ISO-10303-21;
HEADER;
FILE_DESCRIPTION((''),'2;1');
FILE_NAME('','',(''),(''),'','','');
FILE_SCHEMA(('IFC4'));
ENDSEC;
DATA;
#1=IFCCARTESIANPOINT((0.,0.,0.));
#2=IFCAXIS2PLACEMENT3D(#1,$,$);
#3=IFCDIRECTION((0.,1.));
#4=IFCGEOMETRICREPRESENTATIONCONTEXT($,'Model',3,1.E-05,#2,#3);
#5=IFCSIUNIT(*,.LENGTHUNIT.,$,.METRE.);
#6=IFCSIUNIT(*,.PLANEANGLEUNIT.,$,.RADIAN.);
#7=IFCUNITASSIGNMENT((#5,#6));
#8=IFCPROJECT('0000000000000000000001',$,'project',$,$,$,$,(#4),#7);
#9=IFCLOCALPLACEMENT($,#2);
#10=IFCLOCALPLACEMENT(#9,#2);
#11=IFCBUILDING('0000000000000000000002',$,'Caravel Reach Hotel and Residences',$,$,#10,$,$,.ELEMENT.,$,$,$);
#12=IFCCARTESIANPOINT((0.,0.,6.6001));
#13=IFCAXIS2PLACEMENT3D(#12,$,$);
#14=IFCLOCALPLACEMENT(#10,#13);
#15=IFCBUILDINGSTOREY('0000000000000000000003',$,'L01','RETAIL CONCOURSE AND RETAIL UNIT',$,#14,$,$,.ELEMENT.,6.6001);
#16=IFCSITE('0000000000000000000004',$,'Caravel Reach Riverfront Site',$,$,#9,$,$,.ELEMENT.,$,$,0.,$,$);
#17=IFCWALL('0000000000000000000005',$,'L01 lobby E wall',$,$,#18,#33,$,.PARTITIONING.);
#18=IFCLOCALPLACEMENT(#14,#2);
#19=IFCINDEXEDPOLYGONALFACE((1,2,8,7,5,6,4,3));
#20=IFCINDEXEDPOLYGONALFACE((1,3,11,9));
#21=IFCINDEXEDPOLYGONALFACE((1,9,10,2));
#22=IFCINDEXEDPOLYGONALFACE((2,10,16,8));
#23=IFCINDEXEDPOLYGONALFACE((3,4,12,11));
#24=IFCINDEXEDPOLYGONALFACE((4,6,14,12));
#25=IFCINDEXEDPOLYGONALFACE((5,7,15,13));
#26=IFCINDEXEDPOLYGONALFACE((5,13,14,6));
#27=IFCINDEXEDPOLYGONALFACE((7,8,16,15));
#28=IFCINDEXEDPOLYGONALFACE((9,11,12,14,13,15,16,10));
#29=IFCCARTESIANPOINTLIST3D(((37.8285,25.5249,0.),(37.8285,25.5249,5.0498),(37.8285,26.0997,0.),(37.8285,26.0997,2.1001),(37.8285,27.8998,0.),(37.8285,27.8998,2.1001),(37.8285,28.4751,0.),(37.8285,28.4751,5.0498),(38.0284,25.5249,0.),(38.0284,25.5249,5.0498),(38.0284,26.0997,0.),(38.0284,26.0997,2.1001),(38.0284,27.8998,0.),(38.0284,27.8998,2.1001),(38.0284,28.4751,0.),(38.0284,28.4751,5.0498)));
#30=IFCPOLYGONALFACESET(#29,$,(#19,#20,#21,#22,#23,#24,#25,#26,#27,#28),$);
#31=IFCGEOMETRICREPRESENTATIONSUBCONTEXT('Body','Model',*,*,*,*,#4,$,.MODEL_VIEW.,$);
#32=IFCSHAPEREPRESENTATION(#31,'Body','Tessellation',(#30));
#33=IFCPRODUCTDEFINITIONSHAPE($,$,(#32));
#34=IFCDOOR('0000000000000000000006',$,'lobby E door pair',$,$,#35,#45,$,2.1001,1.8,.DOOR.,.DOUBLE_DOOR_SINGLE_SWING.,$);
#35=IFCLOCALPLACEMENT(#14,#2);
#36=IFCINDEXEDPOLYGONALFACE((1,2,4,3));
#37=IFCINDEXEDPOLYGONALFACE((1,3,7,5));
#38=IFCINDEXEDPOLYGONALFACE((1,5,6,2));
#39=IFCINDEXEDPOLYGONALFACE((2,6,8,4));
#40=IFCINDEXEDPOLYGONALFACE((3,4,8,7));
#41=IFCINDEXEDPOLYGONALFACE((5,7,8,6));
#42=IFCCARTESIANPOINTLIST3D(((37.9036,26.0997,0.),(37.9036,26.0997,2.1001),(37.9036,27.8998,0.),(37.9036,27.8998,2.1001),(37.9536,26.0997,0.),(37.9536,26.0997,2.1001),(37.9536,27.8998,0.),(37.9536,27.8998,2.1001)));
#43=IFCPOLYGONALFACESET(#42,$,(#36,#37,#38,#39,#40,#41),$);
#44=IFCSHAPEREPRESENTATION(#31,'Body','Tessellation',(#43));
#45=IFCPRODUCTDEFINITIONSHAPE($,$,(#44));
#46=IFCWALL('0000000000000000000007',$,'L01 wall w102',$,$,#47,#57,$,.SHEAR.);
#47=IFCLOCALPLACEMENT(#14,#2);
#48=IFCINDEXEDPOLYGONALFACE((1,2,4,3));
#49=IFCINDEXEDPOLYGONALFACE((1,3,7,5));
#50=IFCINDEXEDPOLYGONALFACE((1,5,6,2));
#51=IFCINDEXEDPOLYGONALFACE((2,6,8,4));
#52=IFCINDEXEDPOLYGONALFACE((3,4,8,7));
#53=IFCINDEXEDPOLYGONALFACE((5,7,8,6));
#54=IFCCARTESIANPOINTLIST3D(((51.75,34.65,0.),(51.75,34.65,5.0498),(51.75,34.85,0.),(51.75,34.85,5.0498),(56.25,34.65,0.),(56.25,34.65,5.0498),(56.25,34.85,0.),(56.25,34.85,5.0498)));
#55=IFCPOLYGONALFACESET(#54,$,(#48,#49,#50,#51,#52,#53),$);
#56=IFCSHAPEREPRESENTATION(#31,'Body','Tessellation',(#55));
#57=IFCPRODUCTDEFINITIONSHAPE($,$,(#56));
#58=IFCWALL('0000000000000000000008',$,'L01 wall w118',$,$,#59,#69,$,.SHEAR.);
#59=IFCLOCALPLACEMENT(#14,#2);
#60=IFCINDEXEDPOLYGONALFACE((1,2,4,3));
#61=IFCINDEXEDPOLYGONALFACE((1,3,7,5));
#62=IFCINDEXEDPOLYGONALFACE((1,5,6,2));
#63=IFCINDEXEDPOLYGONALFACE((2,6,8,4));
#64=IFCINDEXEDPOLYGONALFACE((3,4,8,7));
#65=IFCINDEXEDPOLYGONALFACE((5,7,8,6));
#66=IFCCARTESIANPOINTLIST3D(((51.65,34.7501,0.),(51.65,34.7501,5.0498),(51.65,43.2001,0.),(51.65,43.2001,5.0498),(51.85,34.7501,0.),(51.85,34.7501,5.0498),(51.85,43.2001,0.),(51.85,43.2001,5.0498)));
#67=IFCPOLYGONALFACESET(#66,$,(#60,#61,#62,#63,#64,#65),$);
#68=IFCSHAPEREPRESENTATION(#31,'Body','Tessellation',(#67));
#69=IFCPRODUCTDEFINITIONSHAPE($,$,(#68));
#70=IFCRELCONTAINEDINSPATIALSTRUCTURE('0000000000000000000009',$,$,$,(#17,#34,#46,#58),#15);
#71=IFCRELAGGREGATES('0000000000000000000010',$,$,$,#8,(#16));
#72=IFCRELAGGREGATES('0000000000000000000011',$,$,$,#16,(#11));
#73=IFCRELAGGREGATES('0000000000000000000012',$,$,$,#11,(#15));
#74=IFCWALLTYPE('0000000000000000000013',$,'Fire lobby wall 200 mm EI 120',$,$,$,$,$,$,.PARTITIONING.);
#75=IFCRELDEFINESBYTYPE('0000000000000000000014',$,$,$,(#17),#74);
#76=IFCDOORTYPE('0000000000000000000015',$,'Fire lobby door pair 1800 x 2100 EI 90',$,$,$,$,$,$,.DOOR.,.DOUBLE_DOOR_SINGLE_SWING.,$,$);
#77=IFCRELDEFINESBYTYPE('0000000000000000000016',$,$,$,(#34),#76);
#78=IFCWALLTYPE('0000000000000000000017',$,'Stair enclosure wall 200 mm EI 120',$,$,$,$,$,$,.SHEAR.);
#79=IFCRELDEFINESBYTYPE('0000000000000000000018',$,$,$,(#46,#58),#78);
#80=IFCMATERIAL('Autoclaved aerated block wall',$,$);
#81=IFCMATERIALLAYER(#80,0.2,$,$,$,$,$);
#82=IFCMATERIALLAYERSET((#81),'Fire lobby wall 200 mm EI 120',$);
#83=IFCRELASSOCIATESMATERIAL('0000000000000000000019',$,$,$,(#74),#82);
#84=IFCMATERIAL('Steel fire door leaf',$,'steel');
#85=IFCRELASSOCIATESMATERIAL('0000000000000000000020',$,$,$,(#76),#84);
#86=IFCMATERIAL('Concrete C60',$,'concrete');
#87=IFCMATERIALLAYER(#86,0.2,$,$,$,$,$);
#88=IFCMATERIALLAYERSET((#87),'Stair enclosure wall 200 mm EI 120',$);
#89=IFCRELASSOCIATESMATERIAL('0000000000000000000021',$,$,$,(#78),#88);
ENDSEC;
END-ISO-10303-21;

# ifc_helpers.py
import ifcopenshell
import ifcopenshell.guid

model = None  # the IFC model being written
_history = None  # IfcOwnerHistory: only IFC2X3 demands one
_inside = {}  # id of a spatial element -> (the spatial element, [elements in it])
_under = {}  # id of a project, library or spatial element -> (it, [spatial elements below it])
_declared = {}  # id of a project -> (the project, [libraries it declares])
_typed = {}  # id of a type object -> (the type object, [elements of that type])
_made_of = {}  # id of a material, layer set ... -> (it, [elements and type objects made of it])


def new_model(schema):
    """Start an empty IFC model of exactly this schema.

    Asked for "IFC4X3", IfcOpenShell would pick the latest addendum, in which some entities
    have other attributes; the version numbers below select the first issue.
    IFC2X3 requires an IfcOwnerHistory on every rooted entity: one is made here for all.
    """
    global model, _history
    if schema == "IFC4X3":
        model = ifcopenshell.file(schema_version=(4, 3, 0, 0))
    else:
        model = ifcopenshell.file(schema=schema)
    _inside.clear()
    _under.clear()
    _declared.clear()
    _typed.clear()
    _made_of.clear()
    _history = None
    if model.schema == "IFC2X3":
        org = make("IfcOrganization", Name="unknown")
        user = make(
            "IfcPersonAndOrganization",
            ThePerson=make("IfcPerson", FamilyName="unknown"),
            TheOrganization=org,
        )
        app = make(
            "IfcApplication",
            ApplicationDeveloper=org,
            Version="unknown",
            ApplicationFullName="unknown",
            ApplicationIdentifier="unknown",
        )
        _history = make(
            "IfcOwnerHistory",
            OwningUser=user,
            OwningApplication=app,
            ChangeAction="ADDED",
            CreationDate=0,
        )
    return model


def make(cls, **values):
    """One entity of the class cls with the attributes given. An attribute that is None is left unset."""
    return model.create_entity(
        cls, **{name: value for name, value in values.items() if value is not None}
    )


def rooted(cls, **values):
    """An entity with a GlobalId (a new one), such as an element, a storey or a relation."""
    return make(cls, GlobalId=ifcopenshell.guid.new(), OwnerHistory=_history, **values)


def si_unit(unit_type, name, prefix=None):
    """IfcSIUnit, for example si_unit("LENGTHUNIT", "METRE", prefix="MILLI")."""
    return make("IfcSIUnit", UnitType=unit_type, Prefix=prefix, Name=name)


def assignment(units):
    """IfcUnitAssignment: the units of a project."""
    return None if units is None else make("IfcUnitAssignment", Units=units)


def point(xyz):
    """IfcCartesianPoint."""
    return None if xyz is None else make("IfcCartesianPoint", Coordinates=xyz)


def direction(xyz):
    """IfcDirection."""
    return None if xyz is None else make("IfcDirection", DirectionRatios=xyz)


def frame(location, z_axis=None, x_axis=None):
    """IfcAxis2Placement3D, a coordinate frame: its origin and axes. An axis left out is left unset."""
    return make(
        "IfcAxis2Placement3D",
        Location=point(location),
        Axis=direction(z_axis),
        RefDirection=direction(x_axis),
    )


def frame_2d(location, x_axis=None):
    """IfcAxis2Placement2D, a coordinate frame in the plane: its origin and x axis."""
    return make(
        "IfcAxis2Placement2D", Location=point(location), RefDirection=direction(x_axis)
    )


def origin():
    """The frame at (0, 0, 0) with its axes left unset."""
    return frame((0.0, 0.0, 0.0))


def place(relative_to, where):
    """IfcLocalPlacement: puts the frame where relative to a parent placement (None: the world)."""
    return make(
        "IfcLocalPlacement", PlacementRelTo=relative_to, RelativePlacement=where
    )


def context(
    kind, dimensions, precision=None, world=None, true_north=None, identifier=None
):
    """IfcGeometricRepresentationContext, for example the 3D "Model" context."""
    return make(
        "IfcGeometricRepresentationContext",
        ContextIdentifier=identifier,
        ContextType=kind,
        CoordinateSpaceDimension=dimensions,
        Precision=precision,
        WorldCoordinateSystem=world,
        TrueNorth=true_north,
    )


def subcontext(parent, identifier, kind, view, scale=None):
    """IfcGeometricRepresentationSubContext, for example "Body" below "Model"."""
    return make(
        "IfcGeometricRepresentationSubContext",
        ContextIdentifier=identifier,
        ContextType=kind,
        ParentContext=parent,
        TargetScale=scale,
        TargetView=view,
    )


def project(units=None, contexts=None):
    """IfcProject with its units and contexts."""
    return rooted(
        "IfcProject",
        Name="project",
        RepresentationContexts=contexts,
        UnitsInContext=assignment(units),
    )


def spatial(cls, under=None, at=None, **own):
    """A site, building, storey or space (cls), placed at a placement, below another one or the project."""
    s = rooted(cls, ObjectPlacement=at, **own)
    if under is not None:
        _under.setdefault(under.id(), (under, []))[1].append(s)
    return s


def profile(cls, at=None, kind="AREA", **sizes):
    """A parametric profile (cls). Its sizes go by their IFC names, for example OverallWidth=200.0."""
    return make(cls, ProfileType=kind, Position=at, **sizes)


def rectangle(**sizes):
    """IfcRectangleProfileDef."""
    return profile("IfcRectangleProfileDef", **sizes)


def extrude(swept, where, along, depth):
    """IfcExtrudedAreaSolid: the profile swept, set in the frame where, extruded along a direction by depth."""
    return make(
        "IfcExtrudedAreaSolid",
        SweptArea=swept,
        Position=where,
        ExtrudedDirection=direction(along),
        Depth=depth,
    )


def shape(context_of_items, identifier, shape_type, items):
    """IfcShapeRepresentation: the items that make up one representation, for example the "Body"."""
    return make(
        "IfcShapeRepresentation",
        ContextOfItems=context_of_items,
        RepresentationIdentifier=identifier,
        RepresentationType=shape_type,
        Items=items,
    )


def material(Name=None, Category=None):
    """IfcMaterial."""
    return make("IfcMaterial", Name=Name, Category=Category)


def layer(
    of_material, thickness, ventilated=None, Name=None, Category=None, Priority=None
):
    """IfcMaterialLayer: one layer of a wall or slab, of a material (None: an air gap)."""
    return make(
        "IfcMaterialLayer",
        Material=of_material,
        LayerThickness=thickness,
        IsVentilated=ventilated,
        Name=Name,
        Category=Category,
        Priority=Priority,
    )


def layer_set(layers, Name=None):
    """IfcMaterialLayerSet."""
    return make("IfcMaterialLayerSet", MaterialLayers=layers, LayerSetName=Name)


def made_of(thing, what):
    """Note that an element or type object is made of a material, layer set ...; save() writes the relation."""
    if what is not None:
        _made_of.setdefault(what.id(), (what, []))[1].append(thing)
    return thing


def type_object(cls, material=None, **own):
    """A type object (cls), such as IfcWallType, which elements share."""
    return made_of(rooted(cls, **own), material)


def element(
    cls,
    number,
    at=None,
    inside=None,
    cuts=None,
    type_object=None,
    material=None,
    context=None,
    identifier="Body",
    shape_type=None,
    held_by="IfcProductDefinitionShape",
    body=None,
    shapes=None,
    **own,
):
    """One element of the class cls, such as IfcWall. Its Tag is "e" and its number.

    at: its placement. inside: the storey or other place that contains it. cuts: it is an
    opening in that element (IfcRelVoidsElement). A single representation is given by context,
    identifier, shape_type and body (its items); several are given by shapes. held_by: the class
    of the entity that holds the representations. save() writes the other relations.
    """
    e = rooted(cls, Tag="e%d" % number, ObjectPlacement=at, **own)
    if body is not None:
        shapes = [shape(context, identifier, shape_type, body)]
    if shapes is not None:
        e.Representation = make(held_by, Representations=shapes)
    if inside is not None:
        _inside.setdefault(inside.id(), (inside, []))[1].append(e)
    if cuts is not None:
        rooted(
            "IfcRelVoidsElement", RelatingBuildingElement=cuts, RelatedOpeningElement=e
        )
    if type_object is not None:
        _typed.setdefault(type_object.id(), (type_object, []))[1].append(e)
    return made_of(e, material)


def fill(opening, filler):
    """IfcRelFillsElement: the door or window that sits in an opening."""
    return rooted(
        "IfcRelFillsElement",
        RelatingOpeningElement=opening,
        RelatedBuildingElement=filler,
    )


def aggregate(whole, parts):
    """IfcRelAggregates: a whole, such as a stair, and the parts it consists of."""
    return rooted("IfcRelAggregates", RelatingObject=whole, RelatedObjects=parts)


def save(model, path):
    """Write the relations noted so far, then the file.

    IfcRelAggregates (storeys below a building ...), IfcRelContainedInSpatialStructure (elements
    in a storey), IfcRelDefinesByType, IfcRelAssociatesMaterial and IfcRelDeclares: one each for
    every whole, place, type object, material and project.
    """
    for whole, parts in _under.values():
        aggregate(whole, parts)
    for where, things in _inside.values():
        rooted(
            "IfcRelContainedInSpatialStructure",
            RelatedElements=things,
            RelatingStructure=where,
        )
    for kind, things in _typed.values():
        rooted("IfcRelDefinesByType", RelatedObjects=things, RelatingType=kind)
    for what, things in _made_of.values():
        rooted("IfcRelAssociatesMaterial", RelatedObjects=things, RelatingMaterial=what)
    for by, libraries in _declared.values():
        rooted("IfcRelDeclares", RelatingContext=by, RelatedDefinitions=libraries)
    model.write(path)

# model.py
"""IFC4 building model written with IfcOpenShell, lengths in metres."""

from ifc_helpers import new_model, si_unit, direction, frame, frame_2d, origin, place, context, subcontext, project, spatial, rectangle, extrude, material, layer, layer_set, type_object, element, fill, save


model = new_model("IFC4")

# Units and contexts
model_context = context("Model", 3, precision=1e-05, world=origin(), true_north=direction((0.0, 1.0)))
body_context = subcontext(model_context, "Body", "Model", "MODEL_VIEW")
ifc_project = project(units=[si_unit("LENGTHUNIT", "METRE"), si_unit("PLANEANGLEUNIT", "RADIAN")], contexts=[model_context])

# Site, building, storey
site_placement = place(None, origin())
site = spatial("IfcSite", under=ifc_project, at=site_placement, Name="Caravel Reach Riverfront Site", CompositionType="ELEMENT", RefElevation=0.0)
building_placement = place(site_placement, origin())
building = spatial("IfcBuilding", under=site, at=building_placement, Name="Caravel Reach Hotel and Residences", CompositionType="ELEMENT")
storey_placement = place(building_placement, frame((0.0, 0.0, 6.6001)))
storey = spatial("IfcBuildingStorey", under=building, at=storey_placement, Name="L01", Description="RETAIL CONCOURSE AND RETAIL UNIT", CompositionType="ELEMENT", Elevation=6.6001)

# Wall, opening, door
ifc_material_1 = material(Name="Autoclaved aerated block wall")
ifc_layer_1 = layer(ifc_material_1, 0.2)
ifc_layer_set_1 = layer_set([ifc_layer_1], Name="Fire lobby wall 200 mm EI 120")
wall_type_1 = type_object("IfcWallType", Name="Fire lobby wall 200 mm EI 120", PredefinedType="PARTITIONING", material=ifc_layer_set_1)
wall_1_placement = place(storey_placement, frame((37.9285, 25.5249, 0.0), z_axis=(0.0, 0.0, 1.0), x_axis=(0.0, 1.0, 0.0)))
wall_1 = element("IfcWall", 1, at=wall_1_placement, inside=storey, type_object=wall_type_1, Name="L01 lobby E wall", PredefinedType="PARTITIONING", context=body_context, shape_type="SweptSolid", body=[
    extrude(rectangle(XDim=2.9502, YDim=0.2, at=frame_2d((1.4751, 0.0))), origin(), (0.0, 0.0, 1.0), 5.0498),
])
opening_placement = place(wall_1_placement, frame((0.575, 0.0, 0.0)))
opening = element("IfcOpeningElement", 2, at=opening_placement, cuts=wall_1, PredefinedType="OPENING", context=body_context, shape_type="SweptSolid", body=[
    extrude(rectangle(XDim=1.8, YDim=2.1001, at=frame_2d((0.8999, 1.05))), frame((0.0, 0.1099, 0.0), z_axis=(0.0, -1.0, 0.0), x_axis=(1.0, 0.0, 0.0)), (0.0, 0.0, 1.0), 0.22),
])
ifc_material_2 = material(Name="Steel fire door leaf", Category="steel")
door_type = type_object("IfcDoorType", Name="Fire lobby door pair 1800 x 2100 EI 90", OperationType="DOUBLE_DOOR_SINGLE_SWING", PredefinedType="DOOR", material=ifc_material_2)
door_placement = place(opening_placement, origin())
door = element("IfcDoor", 3, at=door_placement, inside=storey, type_object=door_type, Name="lobby E door pair", OperationType="DOUBLE_DOOR_SINGLE_SWING", OverallHeight=2.1001, OverallWidth=1.8, PredefinedType="DOOR", context=body_context, shape_type="SweptSolid", body=[
    extrude(rectangle(XDim=1.8, YDim=2.1001, at=frame_2d((0.8999, 1.05))), frame((0.0, 0.0249, 0.0), z_axis=(0.0, -1.0, 0.0), x_axis=(1.0, 0.0, 0.0)), (0.0, 0.0, 1.0), 0.05),
])
fill(opening, door)

# Walls
ifc_material_3 = material(Name="Concrete C60", Category="concrete")
ifc_layer_2 = layer(ifc_material_3, 0.2)
ifc_layer_set_2 = layer_set([ifc_layer_2], Name="Stair enclosure wall 200 mm EI 120")
wall_type_2 = type_object("IfcWallType", Name="Stair enclosure wall 200 mm EI 120", PredefinedType="SHEAR", material=ifc_layer_set_2)
wall_2_placement = place(storey_placement, frame((51.75, 34.75, 0.0), z_axis=(0.0, 0.0, 1.0), x_axis=(1.0, 0.0, 0.0)))
element("IfcWall", 4, at=wall_2_placement, inside=storey, type_object=wall_type_2, Name="L01 wall w102", PredefinedType="SHEAR", context=body_context, shape_type="SweptSolid", body=[
    extrude(rectangle(XDim=4.5, YDim=0.2, at=frame_2d((2.25, 0.0))), origin(), (0.0, 0.0, 1.0), 5.0498),
])
wall_3_placement = place(storey_placement, frame((51.75, 34.75, 0.0), z_axis=(0.0, 0.0, 1.0), x_axis=(0.0, 1.0, 0.0)))
element("IfcWall", 5, at=wall_3_placement, inside=storey, type_object=wall_type_2, Name="L01 wall w118", PredefinedType="SHEAR", context=body_context, shape_type="SweptSolid", body=[
    extrude(rectangle(XDim=8.45, YDim=0.2, at=frame_2d((4.2251, 0.0))), origin(), (0.0, 0.0, 1.0), 5.0498),
])

save(model, "model.ifc")
